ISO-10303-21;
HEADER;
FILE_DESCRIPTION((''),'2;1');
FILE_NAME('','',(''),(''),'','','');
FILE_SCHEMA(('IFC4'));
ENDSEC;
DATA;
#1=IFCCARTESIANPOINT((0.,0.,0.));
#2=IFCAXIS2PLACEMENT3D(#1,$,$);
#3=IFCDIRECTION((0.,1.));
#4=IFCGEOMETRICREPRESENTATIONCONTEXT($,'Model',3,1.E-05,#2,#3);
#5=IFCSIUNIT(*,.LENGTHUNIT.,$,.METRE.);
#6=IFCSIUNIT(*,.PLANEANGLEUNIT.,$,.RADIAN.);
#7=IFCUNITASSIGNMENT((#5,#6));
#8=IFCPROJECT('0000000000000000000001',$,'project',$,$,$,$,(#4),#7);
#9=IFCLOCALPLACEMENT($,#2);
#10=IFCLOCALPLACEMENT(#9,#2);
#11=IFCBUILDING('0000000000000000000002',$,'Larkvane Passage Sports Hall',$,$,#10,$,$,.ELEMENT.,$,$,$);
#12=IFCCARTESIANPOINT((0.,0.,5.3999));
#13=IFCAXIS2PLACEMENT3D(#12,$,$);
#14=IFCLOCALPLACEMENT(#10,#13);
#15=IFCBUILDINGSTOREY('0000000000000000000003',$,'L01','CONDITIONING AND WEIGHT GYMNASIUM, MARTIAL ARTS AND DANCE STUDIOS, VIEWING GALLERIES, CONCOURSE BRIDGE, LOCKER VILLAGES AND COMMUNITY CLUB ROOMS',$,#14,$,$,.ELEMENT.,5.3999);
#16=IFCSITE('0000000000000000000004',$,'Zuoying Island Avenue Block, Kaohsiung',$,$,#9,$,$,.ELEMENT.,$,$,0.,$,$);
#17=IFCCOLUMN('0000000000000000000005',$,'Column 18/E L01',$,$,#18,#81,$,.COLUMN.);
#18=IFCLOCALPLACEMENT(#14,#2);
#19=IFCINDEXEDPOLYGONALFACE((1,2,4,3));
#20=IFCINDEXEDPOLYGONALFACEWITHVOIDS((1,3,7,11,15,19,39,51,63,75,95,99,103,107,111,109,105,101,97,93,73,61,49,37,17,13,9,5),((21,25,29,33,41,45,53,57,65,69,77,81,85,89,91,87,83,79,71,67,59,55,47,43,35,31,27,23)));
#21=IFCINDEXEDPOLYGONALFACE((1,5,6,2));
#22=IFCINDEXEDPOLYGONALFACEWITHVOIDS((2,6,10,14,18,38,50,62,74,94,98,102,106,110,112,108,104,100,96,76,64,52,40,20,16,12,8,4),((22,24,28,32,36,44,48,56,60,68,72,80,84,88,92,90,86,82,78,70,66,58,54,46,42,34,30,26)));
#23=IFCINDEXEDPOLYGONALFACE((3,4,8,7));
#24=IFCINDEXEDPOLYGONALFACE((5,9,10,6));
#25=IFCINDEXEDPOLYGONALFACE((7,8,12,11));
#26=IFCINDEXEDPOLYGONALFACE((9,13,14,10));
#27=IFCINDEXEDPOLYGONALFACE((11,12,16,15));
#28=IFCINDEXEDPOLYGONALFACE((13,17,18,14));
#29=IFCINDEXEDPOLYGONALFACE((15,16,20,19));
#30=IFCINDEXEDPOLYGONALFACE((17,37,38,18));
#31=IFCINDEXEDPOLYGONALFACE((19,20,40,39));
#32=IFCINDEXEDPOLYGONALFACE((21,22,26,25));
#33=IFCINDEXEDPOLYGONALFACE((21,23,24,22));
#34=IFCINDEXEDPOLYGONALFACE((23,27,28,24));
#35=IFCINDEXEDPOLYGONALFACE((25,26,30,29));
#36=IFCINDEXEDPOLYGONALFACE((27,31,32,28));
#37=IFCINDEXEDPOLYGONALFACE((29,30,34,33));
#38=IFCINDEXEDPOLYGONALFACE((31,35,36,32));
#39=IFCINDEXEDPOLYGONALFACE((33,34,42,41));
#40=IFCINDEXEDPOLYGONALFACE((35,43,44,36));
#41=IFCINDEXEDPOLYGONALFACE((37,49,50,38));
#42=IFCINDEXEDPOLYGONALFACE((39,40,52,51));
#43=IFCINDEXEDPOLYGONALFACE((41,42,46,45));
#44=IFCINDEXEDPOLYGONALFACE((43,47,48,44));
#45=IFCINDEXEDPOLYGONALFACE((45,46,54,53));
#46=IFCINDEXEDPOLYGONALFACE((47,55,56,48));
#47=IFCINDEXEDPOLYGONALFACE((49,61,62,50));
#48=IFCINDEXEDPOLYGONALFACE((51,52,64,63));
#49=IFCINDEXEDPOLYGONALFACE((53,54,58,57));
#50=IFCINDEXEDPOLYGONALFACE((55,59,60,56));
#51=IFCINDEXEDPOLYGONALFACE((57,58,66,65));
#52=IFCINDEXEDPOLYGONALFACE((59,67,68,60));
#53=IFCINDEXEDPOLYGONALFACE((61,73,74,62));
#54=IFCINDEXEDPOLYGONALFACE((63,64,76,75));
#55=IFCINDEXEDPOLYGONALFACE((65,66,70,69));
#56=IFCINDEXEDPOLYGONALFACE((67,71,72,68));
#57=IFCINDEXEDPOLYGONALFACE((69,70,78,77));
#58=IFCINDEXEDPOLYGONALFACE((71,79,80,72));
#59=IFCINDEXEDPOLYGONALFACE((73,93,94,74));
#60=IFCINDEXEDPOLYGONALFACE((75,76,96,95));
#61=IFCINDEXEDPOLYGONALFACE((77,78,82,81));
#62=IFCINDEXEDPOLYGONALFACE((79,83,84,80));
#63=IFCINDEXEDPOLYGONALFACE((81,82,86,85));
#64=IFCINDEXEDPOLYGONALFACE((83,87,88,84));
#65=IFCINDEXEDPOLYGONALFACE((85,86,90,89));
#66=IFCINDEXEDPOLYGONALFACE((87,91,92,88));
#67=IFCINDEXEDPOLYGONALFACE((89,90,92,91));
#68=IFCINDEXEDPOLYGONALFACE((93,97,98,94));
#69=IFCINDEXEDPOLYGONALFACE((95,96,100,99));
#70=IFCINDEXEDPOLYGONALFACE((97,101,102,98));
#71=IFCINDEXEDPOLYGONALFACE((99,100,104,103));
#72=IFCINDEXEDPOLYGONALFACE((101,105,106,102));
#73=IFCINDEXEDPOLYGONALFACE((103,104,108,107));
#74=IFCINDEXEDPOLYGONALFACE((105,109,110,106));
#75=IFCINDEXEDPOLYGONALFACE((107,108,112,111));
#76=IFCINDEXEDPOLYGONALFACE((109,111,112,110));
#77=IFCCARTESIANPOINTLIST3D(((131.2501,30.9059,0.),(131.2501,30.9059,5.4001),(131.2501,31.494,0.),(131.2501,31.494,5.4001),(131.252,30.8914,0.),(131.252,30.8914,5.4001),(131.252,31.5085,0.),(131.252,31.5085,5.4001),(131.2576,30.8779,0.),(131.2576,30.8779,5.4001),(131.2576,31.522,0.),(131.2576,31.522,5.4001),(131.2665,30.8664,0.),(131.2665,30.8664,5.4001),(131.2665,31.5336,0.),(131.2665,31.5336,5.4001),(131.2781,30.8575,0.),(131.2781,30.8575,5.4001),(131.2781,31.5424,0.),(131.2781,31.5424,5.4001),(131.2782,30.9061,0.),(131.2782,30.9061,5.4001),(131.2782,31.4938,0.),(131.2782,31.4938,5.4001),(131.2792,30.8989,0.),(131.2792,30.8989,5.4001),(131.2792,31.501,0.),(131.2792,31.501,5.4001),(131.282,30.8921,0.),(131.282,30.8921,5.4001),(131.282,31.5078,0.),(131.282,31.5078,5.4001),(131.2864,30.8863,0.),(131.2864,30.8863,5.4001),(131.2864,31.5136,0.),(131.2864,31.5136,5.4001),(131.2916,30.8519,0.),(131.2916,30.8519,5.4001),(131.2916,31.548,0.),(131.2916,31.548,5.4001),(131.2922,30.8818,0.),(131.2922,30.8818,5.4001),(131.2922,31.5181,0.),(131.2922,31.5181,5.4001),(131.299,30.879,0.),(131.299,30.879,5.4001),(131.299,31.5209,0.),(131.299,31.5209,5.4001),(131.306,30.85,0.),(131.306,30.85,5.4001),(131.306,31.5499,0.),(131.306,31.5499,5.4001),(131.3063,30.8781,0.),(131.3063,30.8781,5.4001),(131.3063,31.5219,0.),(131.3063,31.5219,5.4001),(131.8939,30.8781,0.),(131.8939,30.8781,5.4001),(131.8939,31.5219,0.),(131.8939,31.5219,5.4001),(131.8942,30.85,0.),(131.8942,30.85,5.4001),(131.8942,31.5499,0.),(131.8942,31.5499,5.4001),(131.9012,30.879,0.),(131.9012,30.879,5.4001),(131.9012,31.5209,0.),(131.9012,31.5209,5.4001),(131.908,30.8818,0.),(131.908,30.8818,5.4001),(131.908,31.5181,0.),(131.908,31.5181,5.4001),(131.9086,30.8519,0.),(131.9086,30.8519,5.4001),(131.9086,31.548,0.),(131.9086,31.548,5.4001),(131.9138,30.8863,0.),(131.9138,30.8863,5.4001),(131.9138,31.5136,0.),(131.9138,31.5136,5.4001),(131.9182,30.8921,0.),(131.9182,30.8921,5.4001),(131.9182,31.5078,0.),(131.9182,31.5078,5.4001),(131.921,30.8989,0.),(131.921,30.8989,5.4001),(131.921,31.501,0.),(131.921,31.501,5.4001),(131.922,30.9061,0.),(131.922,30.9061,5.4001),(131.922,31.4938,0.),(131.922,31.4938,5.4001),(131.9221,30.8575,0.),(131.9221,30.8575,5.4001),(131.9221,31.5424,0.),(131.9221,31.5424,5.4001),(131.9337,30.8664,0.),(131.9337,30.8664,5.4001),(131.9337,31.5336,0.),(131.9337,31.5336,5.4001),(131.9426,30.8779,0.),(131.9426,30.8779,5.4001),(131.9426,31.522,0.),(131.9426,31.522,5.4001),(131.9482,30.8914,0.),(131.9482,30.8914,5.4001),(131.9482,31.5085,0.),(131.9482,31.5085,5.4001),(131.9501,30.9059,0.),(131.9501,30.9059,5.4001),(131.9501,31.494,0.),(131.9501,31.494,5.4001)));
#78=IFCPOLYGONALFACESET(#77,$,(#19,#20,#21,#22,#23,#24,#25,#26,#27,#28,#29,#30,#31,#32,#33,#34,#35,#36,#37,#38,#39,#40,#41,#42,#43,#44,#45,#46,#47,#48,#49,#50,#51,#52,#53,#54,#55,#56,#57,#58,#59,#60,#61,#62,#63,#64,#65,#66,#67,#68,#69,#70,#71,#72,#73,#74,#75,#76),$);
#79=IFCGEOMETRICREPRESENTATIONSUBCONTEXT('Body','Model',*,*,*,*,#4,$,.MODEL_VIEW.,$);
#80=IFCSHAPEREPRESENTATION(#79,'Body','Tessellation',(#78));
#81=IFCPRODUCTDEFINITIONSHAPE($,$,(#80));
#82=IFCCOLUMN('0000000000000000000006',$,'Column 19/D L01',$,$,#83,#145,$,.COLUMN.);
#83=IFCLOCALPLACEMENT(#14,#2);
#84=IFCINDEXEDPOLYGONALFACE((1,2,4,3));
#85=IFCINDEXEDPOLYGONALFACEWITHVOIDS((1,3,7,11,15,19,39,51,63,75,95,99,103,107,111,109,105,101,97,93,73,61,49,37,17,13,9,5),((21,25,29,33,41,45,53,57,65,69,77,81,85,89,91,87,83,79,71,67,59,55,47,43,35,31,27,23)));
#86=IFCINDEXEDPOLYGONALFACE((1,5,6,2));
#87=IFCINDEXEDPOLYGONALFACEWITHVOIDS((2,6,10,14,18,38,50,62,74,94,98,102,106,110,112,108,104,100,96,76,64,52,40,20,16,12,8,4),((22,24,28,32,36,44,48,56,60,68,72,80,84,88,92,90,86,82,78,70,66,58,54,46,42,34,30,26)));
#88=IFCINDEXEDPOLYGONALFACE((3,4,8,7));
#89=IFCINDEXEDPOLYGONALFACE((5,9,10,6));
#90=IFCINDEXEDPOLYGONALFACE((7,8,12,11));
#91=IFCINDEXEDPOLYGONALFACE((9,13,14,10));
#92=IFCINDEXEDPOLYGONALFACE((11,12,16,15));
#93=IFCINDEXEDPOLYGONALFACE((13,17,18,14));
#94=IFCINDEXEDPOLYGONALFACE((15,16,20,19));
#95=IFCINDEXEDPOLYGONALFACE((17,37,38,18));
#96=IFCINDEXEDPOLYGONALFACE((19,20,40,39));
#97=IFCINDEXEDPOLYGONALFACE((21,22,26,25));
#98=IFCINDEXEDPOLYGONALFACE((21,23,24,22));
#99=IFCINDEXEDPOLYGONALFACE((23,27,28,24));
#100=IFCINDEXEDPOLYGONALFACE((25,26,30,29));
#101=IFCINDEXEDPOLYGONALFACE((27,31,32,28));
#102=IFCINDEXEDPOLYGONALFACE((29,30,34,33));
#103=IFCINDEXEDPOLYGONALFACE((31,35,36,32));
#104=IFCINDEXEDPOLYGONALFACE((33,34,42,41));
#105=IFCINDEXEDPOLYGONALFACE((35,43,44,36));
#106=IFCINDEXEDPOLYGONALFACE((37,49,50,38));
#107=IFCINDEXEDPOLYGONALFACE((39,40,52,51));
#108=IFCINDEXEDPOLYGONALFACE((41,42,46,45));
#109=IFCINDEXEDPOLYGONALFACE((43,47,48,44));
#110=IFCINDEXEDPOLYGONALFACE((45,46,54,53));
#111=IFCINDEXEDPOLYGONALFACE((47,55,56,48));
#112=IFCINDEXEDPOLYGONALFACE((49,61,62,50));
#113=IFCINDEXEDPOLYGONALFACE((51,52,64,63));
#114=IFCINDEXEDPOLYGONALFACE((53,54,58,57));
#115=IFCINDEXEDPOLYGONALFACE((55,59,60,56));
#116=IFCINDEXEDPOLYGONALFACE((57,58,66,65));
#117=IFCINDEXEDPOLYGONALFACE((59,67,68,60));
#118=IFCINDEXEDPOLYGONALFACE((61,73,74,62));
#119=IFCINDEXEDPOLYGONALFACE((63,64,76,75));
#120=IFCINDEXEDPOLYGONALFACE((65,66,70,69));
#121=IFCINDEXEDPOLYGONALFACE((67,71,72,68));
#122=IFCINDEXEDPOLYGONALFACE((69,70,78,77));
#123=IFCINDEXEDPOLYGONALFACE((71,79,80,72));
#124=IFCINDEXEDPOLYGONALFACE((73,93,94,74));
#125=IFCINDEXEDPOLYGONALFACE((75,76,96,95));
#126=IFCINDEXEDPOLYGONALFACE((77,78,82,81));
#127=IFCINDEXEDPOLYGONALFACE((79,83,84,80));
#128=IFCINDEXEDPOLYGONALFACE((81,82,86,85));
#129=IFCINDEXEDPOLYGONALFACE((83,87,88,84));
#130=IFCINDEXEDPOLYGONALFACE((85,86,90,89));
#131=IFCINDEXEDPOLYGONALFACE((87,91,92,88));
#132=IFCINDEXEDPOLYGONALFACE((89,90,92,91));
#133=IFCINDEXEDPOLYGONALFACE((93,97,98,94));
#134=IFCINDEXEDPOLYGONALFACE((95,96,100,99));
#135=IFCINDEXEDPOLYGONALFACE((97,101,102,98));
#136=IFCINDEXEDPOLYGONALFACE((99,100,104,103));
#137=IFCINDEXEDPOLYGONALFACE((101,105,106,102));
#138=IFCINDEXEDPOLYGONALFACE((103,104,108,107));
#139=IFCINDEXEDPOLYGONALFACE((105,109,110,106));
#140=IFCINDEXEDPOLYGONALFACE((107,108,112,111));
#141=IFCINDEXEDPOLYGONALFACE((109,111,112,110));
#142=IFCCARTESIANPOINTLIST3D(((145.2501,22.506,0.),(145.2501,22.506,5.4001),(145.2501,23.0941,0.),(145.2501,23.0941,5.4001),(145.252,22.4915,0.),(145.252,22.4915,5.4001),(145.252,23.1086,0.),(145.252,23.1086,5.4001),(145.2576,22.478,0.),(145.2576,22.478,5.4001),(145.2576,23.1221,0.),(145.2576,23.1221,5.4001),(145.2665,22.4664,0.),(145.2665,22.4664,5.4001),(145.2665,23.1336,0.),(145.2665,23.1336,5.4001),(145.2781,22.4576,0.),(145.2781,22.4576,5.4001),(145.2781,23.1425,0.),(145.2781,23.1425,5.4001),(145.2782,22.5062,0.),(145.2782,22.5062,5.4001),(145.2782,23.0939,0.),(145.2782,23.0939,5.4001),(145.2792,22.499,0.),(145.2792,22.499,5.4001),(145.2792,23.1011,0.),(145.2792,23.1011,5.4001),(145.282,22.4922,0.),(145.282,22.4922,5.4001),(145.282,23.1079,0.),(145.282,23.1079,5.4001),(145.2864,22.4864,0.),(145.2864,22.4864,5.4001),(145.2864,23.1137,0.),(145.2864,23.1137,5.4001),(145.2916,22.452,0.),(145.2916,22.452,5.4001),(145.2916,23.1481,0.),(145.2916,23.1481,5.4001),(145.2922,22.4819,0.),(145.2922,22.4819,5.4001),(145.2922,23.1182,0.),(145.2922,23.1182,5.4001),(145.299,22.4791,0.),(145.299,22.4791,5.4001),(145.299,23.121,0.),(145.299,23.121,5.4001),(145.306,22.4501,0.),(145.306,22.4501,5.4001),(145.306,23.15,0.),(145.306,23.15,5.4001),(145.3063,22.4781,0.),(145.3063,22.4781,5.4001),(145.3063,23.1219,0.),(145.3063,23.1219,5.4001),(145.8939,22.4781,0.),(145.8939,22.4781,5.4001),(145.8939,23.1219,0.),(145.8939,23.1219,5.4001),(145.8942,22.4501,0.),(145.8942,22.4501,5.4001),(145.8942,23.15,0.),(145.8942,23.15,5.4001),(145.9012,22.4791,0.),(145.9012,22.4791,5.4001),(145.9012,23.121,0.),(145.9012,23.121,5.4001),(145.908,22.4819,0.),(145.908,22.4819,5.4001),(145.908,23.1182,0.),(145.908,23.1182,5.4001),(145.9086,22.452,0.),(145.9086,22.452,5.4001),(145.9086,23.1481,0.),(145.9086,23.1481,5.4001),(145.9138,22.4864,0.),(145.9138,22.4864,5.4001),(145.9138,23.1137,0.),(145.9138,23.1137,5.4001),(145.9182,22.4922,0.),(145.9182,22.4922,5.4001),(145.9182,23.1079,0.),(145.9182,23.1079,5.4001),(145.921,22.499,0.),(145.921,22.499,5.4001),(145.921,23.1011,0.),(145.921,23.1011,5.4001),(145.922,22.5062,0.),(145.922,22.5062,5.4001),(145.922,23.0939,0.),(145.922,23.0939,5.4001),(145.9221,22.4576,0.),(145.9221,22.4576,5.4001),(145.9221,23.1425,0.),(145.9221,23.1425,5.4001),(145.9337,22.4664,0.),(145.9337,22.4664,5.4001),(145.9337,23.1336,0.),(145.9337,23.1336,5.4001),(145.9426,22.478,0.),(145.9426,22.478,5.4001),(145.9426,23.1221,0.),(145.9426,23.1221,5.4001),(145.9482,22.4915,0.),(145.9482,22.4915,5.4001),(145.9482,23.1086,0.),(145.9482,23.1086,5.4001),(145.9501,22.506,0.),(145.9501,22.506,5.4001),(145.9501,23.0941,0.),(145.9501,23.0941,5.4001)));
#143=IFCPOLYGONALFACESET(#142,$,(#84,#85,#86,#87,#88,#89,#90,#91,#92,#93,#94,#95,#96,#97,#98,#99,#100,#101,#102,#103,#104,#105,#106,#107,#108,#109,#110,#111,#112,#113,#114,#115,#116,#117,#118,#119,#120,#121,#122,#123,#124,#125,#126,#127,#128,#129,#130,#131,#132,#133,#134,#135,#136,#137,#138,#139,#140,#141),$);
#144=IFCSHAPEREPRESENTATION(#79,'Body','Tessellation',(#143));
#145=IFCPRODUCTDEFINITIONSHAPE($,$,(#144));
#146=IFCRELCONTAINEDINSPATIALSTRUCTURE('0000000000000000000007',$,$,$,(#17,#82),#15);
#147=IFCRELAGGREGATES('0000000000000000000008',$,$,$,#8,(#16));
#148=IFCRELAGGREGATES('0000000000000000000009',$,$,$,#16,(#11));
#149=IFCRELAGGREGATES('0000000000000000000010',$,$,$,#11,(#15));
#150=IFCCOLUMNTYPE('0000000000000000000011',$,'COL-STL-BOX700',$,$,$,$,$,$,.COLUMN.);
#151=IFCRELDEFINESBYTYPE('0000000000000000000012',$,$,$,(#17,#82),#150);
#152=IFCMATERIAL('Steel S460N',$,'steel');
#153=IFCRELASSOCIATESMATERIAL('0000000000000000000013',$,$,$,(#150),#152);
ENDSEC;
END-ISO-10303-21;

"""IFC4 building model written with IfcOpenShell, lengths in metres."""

from ifc_helpers import new_model, si_unit, direction, frame, origin, origin_2d, place, context, subcontext, project, spatial, hollow_rectangle, extrude, material, material_profile, profile_set, type_object, element, save


model = new_model("IFC4")

# Units and contexts
model_context = context("Model", 3, precision=1e-05, world=origin(), true_north=direction((0.0, 1.0)))
body_context = subcontext(model_context, "Body", "Model", "MODEL_VIEW")
ifc_project = project(units=[si_unit("LENGTHUNIT", "METRE"), si_unit("PLANEANGLEUNIT", "RADIAN")], contexts=[model_context])

# Site, building, storey
site_placement = place(None, origin())
site = spatial("IfcSite", under=ifc_project, at=site_placement, Name="Zuoying Island Avenue Block, Kaohsiung", CompositionType="ELEMENT", RefElevation=0.0)
building_placement = place(site_placement, origin())
building = spatial("IfcBuilding", under=site, at=building_placement, Name="Larkvane Passage Sports Hall", CompositionType="ELEMENT")
storey_placement = place(building_placement, frame((0.0, 0.0, 5.3999)))
storey = spatial("IfcBuildingStorey", under=building, at=storey_placement, Name="L01", Description="CONDITIONING AND WEIGHT GYMNASIUM, MARTIAL ARTS AND DANCE STUDIOS, VIEWING GALLERIES, CONCOURSE BRIDGE, LOCKER VILLAGES AND COMMUNITY CLUB ROOMS", CompositionType="ELEMENT", Elevation=5.3999)

# Columns
ifc_material_1 = material(Name="Steel S460N", Category="steel")
ifc_material_profile_1 = material_profile(ifc_material_1, hollow_rectangle(XDim=0.7, YDim=0.7, WallThickness=0.0281, InnerFilletRadius=0.0281, OuterFilletRadius=0.0559, at=origin_2d()), Name="BOX-700x700x28")
ifc_profile_set_1 = profile_set([ifc_material_profile_1], Name="Steel S460N")
column_type_1 = type_object("IfcColumnType", Name="COL-STL-BOX700", PredefinedType="COLUMN", material=ifc_profile_set_1)
for number, where, z_axis, x_axis, name in (
    (1, (131.6001, 31.2, 0.0), (0.0, 0.0, 1.0), (1.0, 0.0, 0.0), "Column 18/E L01"),
    (2, (145.6001, 22.8, 0.0), (0.0, 0.0, 1.0), (1.0, 0.0, 0.0), "Column 19/D L01"),
):
    element("IfcColumn", number, at=place(storey_placement, frame(where, z_axis=z_axis, x_axis=x_axis)), inside=storey, type_object=column_type_1, Name=name, PredefinedType="COLUMN", context=body_context, shape_type="SweptSolid", body=[
        extrude(hollow_rectangle(XDim=0.7, YDim=0.7, WallThickness=0.0281, InnerFilletRadius=0.0281, OuterFilletRadius=0.0559, at=origin_2d()), origin(), (0.0, 0.0, 1.0), 5.4001),
    ])

save(model, "model.ifc")
